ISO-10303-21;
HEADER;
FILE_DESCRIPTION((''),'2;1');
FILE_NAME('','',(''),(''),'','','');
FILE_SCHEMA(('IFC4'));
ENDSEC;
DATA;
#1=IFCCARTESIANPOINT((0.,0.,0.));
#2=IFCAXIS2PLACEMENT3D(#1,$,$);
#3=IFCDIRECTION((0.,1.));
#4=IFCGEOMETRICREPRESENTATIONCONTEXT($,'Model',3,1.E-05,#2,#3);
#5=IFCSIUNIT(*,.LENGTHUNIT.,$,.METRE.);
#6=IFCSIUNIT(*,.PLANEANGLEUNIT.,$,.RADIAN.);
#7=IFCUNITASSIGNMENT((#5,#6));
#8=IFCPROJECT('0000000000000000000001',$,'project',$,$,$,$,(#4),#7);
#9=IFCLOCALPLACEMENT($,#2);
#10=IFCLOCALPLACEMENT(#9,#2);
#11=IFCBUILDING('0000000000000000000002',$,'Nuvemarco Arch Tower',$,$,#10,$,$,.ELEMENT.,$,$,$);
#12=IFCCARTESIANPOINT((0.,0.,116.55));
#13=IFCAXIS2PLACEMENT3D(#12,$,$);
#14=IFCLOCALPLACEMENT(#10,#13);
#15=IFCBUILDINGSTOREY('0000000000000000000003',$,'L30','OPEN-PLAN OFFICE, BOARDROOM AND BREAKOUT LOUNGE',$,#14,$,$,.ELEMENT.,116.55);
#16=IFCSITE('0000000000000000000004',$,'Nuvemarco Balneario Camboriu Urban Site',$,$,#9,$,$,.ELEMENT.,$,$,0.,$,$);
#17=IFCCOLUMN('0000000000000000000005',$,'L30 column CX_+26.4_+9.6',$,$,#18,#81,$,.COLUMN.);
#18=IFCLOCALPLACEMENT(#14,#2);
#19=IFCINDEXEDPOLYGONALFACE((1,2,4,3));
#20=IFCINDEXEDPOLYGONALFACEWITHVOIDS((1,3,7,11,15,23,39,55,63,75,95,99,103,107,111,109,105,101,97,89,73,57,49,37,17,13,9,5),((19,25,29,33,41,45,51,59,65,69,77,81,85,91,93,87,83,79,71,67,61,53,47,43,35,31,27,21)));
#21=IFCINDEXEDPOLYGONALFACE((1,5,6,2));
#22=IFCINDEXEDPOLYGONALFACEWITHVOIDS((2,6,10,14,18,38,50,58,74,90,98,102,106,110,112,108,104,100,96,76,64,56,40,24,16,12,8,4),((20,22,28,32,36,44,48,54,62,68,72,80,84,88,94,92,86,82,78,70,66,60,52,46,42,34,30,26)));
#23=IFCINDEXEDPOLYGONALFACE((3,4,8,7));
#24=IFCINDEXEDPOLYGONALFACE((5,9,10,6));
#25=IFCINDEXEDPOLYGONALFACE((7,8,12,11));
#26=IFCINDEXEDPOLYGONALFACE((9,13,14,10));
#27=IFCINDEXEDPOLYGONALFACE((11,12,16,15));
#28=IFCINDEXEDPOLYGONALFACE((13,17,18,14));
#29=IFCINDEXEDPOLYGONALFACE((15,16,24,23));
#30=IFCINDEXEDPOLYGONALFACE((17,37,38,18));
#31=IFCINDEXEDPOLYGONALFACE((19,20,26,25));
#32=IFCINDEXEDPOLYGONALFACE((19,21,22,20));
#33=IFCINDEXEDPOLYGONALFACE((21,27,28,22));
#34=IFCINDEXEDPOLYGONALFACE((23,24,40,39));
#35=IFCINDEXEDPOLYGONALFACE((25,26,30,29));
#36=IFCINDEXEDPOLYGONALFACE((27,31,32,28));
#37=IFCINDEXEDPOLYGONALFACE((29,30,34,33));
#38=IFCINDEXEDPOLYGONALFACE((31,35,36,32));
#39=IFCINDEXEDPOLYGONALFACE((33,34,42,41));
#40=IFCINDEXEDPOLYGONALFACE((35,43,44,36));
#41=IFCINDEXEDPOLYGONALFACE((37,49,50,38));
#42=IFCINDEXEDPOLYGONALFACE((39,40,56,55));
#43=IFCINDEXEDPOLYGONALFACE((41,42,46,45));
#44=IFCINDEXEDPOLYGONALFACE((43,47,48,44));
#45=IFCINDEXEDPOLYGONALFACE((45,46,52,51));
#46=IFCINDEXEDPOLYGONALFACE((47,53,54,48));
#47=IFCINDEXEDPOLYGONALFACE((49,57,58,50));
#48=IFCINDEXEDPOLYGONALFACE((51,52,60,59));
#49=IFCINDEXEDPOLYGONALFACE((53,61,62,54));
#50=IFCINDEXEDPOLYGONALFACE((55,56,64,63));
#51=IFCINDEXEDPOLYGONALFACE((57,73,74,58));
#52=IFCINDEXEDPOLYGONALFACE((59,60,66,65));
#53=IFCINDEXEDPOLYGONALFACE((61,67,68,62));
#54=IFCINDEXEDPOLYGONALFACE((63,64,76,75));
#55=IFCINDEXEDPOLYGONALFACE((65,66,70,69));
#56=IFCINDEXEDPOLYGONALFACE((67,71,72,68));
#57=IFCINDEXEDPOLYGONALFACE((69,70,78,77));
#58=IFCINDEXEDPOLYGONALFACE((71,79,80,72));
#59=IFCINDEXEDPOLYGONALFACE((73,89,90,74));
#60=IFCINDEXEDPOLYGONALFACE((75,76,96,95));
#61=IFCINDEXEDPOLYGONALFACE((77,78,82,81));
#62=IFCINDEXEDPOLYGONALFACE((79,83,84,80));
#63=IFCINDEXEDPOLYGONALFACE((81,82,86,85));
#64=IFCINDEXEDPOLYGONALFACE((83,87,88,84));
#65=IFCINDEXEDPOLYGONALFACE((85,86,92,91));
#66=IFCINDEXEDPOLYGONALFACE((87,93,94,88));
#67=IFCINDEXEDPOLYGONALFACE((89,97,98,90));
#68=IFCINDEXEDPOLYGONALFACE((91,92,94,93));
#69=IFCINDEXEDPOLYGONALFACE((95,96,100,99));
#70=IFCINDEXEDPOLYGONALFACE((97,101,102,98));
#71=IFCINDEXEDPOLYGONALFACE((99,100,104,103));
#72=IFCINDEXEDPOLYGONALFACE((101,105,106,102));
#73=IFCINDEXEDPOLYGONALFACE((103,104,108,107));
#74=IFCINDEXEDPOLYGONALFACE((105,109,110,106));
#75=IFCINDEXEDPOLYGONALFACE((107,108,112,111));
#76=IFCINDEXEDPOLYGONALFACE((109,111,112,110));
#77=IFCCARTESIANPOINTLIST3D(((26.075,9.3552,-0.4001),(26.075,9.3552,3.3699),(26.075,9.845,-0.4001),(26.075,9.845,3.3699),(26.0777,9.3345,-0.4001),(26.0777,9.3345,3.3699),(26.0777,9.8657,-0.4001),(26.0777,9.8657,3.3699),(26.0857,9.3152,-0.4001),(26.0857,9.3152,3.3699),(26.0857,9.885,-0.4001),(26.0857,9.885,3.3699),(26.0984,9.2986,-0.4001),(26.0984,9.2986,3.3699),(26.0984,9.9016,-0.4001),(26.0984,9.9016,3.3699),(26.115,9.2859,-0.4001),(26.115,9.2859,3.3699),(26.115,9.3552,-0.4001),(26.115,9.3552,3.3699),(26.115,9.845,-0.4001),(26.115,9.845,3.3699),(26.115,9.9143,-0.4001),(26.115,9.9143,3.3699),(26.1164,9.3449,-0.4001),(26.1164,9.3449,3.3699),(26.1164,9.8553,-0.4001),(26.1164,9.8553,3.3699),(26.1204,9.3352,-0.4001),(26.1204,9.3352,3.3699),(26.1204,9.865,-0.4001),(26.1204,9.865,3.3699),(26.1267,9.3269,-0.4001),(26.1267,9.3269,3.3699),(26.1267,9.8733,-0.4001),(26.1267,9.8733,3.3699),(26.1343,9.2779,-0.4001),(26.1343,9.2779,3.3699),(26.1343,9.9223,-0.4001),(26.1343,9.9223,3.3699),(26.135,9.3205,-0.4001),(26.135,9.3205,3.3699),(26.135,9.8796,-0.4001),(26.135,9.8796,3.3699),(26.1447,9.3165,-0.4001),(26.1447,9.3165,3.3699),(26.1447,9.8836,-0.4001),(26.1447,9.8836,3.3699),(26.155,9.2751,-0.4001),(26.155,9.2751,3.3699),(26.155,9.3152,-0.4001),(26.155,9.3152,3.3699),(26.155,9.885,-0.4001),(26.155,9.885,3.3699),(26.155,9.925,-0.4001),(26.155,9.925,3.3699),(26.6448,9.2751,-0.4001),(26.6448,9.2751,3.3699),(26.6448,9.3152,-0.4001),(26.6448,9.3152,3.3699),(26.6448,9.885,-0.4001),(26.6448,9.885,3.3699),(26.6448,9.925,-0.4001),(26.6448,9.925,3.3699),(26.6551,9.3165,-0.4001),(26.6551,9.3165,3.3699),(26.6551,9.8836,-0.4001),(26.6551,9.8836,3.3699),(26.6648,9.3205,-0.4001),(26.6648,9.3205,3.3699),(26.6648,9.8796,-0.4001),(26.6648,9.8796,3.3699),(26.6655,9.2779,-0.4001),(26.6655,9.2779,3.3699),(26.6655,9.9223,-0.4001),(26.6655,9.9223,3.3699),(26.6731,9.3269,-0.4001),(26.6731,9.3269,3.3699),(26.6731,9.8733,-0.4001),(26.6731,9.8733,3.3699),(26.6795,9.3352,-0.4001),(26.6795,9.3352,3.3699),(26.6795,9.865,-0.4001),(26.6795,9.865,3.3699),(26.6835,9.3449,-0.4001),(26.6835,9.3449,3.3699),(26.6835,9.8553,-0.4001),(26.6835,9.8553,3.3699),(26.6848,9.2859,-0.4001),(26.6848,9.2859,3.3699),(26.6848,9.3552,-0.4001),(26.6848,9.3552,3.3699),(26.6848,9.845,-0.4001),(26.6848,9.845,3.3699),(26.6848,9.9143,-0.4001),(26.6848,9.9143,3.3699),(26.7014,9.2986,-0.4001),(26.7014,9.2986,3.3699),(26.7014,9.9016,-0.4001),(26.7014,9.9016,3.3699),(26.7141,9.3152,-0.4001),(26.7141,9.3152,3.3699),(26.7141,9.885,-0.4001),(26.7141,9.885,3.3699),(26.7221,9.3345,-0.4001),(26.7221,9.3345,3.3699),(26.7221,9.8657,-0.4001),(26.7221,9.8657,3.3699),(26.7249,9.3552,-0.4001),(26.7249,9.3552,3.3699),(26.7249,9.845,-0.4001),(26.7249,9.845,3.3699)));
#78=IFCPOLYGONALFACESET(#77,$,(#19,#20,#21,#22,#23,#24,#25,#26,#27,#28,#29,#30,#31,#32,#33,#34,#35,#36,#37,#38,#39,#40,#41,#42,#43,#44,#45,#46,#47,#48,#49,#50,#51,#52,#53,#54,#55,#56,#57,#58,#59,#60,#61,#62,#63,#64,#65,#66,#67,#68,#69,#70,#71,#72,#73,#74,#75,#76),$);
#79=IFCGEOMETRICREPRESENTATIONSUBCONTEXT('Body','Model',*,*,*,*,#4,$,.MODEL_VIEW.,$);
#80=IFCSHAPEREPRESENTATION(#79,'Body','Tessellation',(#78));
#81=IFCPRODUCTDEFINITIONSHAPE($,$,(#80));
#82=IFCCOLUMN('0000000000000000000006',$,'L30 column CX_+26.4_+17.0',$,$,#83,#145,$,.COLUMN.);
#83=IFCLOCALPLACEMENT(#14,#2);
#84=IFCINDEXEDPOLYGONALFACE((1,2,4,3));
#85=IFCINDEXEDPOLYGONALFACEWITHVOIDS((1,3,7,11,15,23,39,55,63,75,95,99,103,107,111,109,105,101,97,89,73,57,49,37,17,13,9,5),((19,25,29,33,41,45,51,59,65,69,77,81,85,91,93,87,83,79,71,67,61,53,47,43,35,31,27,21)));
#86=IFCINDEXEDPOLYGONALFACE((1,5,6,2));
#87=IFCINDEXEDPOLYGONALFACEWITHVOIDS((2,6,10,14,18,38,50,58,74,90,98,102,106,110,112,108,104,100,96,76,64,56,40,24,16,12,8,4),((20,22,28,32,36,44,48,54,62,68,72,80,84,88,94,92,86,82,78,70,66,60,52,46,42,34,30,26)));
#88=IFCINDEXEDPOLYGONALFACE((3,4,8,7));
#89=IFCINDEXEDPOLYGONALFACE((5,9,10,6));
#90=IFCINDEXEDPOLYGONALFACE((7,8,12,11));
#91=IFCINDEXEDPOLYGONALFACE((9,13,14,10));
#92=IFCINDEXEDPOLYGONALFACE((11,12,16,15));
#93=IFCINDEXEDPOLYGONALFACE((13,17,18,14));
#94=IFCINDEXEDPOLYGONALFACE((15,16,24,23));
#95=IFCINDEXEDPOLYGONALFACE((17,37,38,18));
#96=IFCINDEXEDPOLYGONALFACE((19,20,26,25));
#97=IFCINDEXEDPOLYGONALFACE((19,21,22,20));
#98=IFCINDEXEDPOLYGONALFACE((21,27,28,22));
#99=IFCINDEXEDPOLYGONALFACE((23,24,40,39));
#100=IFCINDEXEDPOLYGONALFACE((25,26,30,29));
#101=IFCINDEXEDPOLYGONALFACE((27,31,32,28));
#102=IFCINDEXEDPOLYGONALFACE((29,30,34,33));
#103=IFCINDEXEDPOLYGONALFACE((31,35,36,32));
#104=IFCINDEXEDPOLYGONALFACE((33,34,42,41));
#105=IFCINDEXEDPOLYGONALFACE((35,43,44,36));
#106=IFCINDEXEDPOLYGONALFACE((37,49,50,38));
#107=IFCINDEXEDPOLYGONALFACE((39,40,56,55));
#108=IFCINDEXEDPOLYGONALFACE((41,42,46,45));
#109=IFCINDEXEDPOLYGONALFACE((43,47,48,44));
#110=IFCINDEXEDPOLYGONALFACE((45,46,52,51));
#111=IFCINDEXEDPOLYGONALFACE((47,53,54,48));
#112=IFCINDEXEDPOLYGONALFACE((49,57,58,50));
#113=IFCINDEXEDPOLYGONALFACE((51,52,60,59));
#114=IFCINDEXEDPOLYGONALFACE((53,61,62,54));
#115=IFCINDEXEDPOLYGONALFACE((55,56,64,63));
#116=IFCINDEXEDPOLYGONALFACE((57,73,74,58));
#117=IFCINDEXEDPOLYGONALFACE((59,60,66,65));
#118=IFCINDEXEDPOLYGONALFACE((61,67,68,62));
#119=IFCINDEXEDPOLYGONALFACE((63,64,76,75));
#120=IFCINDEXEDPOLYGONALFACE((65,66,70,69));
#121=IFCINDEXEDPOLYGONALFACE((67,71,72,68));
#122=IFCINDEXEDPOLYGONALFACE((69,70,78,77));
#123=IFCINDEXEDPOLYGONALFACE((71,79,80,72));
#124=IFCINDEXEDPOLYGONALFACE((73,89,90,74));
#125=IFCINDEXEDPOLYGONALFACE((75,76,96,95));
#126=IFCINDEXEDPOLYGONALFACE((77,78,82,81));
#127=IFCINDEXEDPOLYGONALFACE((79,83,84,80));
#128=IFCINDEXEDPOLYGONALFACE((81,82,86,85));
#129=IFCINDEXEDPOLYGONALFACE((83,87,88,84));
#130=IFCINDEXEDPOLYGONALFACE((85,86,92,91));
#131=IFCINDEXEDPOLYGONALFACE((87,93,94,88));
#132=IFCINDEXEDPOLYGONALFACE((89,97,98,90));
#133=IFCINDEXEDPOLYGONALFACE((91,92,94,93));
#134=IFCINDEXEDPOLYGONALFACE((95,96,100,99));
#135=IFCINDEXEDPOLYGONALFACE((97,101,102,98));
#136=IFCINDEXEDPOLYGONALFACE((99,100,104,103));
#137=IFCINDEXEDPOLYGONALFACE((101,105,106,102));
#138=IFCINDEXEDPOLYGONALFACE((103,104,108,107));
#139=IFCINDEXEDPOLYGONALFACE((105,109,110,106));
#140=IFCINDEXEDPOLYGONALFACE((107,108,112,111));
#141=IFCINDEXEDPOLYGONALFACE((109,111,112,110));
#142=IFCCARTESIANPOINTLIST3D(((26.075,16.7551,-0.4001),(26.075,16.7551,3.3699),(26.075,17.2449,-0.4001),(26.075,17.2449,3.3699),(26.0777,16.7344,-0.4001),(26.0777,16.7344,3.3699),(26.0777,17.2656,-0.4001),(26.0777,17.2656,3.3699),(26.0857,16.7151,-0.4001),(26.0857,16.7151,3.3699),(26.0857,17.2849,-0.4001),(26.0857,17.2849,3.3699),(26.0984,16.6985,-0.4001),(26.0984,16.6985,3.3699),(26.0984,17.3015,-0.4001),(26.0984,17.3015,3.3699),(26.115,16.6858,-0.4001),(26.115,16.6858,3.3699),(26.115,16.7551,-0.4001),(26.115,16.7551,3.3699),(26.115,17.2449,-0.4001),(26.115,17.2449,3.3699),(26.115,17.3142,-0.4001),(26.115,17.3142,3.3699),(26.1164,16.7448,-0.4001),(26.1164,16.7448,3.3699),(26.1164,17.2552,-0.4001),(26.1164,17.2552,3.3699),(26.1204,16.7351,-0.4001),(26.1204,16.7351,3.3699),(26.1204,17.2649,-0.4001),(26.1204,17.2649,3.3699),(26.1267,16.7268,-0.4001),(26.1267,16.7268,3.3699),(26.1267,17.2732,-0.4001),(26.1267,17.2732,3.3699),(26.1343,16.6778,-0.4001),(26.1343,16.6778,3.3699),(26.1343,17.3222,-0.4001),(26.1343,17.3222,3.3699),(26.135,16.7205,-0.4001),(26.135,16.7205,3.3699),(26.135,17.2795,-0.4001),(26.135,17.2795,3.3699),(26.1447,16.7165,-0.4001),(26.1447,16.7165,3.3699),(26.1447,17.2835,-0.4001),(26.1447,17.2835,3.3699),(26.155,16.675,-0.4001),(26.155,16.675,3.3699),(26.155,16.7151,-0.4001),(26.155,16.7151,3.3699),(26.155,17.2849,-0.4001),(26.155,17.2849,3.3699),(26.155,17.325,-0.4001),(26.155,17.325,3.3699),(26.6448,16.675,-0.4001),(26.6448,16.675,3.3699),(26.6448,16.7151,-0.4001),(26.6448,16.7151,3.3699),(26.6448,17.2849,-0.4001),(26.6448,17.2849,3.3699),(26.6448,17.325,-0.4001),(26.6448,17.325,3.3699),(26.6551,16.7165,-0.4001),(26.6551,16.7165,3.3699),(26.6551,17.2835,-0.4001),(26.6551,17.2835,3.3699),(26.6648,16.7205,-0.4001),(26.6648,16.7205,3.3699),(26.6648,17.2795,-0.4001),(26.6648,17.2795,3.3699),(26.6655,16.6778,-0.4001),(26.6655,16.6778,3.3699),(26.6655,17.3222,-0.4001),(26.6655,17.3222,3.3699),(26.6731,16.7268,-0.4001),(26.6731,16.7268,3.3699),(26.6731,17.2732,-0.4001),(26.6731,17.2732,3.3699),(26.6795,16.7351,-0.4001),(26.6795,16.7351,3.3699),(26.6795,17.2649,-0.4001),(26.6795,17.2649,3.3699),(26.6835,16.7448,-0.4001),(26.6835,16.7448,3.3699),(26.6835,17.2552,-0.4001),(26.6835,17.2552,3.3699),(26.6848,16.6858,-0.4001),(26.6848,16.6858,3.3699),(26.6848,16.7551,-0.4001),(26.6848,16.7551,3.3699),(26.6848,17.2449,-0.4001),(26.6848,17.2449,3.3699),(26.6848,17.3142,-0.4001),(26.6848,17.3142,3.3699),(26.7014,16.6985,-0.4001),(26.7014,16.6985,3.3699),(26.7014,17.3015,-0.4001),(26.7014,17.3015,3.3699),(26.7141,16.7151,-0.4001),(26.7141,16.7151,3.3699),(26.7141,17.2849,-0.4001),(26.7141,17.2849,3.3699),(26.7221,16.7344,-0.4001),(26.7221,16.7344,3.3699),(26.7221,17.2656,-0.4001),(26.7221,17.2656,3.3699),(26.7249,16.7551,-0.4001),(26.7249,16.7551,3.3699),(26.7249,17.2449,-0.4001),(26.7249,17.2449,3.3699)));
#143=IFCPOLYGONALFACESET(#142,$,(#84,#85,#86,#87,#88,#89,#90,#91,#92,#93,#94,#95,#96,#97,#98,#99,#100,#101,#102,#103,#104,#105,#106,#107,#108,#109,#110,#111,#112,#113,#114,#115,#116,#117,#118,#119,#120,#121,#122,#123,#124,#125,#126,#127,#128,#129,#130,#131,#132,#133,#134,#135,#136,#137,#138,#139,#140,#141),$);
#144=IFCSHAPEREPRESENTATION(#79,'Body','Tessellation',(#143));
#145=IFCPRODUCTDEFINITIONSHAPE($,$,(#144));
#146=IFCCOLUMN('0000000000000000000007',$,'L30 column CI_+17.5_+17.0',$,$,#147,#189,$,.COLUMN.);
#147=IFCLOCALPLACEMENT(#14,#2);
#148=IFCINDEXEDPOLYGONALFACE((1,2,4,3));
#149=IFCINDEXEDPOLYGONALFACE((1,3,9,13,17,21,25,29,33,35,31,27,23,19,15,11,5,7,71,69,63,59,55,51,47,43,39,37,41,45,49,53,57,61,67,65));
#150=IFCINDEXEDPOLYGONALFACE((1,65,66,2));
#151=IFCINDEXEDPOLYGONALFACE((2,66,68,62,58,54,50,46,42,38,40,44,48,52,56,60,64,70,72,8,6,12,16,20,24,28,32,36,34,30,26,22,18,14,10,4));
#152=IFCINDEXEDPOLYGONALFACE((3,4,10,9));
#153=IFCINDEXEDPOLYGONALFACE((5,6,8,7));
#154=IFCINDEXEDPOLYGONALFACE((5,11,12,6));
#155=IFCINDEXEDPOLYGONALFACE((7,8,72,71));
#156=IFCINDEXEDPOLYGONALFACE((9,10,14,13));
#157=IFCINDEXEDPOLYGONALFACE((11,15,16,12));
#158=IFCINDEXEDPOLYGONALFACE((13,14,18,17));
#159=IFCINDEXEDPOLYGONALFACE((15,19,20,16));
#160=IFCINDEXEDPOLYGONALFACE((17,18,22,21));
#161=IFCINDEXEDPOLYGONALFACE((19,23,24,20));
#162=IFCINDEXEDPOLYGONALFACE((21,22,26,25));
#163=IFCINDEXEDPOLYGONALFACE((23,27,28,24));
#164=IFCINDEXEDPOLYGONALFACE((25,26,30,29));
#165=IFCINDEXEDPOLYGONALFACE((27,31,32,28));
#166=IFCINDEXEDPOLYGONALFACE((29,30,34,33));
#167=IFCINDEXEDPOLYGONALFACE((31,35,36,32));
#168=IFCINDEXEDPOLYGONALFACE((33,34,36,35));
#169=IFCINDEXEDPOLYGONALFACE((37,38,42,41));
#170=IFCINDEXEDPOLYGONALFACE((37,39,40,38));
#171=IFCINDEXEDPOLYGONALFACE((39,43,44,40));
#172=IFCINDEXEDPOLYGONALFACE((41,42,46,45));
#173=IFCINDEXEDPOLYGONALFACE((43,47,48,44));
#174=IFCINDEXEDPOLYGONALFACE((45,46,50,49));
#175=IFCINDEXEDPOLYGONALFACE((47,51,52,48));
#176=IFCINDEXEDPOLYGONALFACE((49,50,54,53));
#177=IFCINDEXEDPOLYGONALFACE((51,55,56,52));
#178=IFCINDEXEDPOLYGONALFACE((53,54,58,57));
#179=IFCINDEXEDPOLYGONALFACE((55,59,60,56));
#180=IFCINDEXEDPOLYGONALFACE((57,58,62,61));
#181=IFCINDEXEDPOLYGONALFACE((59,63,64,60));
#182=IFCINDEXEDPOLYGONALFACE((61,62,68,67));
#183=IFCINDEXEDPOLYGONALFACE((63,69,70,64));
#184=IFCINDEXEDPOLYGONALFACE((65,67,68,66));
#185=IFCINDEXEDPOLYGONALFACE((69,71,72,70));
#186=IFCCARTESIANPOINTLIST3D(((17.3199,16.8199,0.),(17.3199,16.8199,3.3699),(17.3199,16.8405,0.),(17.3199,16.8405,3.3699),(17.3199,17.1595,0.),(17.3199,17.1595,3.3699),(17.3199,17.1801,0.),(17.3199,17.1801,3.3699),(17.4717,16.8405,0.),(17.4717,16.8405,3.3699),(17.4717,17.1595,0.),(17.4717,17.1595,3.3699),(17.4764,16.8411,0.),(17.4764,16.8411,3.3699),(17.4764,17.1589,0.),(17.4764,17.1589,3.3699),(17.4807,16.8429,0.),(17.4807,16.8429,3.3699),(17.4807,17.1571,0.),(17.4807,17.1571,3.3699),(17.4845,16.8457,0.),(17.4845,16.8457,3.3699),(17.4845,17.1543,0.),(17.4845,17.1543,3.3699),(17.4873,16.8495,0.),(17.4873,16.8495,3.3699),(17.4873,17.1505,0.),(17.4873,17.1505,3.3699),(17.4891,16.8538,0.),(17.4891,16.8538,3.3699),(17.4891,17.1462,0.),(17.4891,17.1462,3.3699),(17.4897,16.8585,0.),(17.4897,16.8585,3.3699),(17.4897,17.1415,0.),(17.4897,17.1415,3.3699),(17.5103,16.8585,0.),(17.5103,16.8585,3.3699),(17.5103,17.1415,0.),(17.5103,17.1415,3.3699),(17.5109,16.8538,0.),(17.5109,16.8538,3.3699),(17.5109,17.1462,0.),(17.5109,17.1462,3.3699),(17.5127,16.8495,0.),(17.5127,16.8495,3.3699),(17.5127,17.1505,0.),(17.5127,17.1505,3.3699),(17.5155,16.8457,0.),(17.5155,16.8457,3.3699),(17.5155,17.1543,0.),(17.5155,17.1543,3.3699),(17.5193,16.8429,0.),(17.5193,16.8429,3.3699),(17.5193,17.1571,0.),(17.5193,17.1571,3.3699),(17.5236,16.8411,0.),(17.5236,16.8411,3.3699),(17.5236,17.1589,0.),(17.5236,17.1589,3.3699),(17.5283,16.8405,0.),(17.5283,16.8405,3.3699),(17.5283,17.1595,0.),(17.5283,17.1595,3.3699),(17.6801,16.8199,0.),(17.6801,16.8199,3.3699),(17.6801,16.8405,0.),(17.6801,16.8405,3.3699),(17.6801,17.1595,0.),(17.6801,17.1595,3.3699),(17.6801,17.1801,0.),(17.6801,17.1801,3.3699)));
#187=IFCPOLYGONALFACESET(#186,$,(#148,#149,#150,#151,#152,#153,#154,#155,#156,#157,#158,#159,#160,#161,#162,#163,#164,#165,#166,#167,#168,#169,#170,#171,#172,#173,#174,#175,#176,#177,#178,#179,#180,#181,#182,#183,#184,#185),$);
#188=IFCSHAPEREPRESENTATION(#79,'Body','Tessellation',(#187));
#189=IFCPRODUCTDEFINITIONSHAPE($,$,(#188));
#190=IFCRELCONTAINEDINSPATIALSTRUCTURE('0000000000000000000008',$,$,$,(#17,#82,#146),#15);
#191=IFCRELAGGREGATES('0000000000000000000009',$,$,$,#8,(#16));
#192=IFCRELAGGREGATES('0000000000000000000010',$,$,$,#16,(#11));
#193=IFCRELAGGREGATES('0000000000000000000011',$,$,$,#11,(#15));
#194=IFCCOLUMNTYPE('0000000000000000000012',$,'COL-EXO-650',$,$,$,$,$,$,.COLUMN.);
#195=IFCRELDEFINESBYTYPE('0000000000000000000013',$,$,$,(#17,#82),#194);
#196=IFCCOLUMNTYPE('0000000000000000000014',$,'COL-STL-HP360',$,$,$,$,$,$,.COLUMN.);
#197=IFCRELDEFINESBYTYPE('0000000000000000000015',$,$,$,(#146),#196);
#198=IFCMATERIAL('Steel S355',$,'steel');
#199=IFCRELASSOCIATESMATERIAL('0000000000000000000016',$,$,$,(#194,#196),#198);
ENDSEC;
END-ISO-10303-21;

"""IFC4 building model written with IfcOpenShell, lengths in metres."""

from ifc_helpers import new_model, si_unit, direction, frame, origin, origin_2d, place, context, subcontext, project, spatial, hollow_rectangle, i_section, extrude, material, material_profile, profile_set, type_object, element, save


model = new_model("IFC4")

# Units and contexts
model_context = context("Model", 3, precision=1e-05, world=origin(), true_north=direction((0.0, 1.0)))
body_context = subcontext(model_context, "Body", "Model", "MODEL_VIEW")
ifc_project = project(units=[si_unit("LENGTHUNIT", "METRE"), si_unit("PLANEANGLEUNIT", "RADIAN")], contexts=[model_context])

# Site, building, storey
site_placement = place(None, origin())
site = spatial("IfcSite", under=ifc_project, at=site_placement, Name="Nuvemarco Balneario Camboriu Urban Site", CompositionType="ELEMENT", RefElevation=0.0)
building_placement = place(site_placement, origin())
building = spatial("IfcBuilding", under=site, at=building_placement, Name="Nuvemarco Arch Tower", CompositionType="ELEMENT")
storey_placement = place(building_placement, frame((0.0, 0.0, 116.55)))
storey = spatial("IfcBuildingStorey", under=building, at=storey_placement, Name="L30", Description="OPEN-PLAN OFFICE, BOARDROOM AND BREAKOUT LOUNGE", CompositionType="ELEMENT", Elevation=116.55)

# Columns
ifc_material_1 = material(Name="Steel S355", Category="steel")
ifc_material_profile_1 = material_profile(ifc_material_1, hollow_rectangle(XDim=0.6499, YDim=0.6499, WallThickness=0.04, InnerFilletRadius=0.04, OuterFilletRadius=0.0801, at=origin_2d()), Name="SHS650x650x40")
ifc_profile_set_1 = profile_set([ifc_material_profile_1], Name="Steel S355")
column_type_1 = type_object("IfcColumnType", Name="COL-EXO-650", PredefinedType="COLUMN", material=ifc_profile_set_1)
for number, where, z_axis, x_axis, name in (
    (1, (26.3999, 9.6001, -0.4001), (0.0, 0.0, 1.0), (1.0, 0.0, 0.0), "L30 column CX_+26.4_+9.6"),
    (2, (26.3999, 17.0, -0.4001), (0.0, 0.0, 1.0), (1.0, 0.0, 0.0), "L30 column CX_+26.4_+17.0"),
):
    element("IfcColumn", number, at=place(storey_placement, frame(where, z_axis=z_axis, x_axis=x_axis)), inside=storey, type_object=column_type_1, Name=name, PredefinedType="COLUMN", context=body_context, shape_type="SweptSolid", body=[
        extrude(hollow_rectangle(XDim=0.6499, YDim=0.6499, WallThickness=0.04, InnerFilletRadius=0.04, OuterFilletRadius=0.0801, at=origin_2d()), origin(), (0.0, 0.0, 1.0), 3.77),
    ])
ifc_material_profile_2 = material_profile(ifc_material_1, i_section(OverallWidth=0.3601, OverallDepth=0.3601, WebThickness=0.0205, FlangeThickness=0.0205, FilletRadius=0.0181, at=origin_2d()), Name="HP360x174")
ifc_profile_set_2 = profile_set([ifc_material_profile_2], Name="Steel S355")
column_type_2 = type_object("IfcColumnType", Name="COL-STL-HP360", PredefinedType="COLUMN", material=ifc_profile_set_2)
column_placement = place(storey_placement, frame((17.5, 17.0, 0.0), z_axis=(0.0, 0.0, 1.0), x_axis=(1.0, 0.0, 0.0)))
element("IfcColumn", 3, at=column_placement, inside=storey, type_object=column_type_2, Name="L30 column CI_+17.5_+17.0", PredefinedType="COLUMN", context=body_context, shape_type="SweptSolid", body=[
    extrude(i_section(OverallWidth=0.3601, OverallDepth=0.3601, WebThickness=0.0205, FlangeThickness=0.0205, FilletRadius=0.0181, at=origin_2d()), origin(), (0.0, 0.0, 1.0), 3.3699),
])

save(model, "model.ifc")
